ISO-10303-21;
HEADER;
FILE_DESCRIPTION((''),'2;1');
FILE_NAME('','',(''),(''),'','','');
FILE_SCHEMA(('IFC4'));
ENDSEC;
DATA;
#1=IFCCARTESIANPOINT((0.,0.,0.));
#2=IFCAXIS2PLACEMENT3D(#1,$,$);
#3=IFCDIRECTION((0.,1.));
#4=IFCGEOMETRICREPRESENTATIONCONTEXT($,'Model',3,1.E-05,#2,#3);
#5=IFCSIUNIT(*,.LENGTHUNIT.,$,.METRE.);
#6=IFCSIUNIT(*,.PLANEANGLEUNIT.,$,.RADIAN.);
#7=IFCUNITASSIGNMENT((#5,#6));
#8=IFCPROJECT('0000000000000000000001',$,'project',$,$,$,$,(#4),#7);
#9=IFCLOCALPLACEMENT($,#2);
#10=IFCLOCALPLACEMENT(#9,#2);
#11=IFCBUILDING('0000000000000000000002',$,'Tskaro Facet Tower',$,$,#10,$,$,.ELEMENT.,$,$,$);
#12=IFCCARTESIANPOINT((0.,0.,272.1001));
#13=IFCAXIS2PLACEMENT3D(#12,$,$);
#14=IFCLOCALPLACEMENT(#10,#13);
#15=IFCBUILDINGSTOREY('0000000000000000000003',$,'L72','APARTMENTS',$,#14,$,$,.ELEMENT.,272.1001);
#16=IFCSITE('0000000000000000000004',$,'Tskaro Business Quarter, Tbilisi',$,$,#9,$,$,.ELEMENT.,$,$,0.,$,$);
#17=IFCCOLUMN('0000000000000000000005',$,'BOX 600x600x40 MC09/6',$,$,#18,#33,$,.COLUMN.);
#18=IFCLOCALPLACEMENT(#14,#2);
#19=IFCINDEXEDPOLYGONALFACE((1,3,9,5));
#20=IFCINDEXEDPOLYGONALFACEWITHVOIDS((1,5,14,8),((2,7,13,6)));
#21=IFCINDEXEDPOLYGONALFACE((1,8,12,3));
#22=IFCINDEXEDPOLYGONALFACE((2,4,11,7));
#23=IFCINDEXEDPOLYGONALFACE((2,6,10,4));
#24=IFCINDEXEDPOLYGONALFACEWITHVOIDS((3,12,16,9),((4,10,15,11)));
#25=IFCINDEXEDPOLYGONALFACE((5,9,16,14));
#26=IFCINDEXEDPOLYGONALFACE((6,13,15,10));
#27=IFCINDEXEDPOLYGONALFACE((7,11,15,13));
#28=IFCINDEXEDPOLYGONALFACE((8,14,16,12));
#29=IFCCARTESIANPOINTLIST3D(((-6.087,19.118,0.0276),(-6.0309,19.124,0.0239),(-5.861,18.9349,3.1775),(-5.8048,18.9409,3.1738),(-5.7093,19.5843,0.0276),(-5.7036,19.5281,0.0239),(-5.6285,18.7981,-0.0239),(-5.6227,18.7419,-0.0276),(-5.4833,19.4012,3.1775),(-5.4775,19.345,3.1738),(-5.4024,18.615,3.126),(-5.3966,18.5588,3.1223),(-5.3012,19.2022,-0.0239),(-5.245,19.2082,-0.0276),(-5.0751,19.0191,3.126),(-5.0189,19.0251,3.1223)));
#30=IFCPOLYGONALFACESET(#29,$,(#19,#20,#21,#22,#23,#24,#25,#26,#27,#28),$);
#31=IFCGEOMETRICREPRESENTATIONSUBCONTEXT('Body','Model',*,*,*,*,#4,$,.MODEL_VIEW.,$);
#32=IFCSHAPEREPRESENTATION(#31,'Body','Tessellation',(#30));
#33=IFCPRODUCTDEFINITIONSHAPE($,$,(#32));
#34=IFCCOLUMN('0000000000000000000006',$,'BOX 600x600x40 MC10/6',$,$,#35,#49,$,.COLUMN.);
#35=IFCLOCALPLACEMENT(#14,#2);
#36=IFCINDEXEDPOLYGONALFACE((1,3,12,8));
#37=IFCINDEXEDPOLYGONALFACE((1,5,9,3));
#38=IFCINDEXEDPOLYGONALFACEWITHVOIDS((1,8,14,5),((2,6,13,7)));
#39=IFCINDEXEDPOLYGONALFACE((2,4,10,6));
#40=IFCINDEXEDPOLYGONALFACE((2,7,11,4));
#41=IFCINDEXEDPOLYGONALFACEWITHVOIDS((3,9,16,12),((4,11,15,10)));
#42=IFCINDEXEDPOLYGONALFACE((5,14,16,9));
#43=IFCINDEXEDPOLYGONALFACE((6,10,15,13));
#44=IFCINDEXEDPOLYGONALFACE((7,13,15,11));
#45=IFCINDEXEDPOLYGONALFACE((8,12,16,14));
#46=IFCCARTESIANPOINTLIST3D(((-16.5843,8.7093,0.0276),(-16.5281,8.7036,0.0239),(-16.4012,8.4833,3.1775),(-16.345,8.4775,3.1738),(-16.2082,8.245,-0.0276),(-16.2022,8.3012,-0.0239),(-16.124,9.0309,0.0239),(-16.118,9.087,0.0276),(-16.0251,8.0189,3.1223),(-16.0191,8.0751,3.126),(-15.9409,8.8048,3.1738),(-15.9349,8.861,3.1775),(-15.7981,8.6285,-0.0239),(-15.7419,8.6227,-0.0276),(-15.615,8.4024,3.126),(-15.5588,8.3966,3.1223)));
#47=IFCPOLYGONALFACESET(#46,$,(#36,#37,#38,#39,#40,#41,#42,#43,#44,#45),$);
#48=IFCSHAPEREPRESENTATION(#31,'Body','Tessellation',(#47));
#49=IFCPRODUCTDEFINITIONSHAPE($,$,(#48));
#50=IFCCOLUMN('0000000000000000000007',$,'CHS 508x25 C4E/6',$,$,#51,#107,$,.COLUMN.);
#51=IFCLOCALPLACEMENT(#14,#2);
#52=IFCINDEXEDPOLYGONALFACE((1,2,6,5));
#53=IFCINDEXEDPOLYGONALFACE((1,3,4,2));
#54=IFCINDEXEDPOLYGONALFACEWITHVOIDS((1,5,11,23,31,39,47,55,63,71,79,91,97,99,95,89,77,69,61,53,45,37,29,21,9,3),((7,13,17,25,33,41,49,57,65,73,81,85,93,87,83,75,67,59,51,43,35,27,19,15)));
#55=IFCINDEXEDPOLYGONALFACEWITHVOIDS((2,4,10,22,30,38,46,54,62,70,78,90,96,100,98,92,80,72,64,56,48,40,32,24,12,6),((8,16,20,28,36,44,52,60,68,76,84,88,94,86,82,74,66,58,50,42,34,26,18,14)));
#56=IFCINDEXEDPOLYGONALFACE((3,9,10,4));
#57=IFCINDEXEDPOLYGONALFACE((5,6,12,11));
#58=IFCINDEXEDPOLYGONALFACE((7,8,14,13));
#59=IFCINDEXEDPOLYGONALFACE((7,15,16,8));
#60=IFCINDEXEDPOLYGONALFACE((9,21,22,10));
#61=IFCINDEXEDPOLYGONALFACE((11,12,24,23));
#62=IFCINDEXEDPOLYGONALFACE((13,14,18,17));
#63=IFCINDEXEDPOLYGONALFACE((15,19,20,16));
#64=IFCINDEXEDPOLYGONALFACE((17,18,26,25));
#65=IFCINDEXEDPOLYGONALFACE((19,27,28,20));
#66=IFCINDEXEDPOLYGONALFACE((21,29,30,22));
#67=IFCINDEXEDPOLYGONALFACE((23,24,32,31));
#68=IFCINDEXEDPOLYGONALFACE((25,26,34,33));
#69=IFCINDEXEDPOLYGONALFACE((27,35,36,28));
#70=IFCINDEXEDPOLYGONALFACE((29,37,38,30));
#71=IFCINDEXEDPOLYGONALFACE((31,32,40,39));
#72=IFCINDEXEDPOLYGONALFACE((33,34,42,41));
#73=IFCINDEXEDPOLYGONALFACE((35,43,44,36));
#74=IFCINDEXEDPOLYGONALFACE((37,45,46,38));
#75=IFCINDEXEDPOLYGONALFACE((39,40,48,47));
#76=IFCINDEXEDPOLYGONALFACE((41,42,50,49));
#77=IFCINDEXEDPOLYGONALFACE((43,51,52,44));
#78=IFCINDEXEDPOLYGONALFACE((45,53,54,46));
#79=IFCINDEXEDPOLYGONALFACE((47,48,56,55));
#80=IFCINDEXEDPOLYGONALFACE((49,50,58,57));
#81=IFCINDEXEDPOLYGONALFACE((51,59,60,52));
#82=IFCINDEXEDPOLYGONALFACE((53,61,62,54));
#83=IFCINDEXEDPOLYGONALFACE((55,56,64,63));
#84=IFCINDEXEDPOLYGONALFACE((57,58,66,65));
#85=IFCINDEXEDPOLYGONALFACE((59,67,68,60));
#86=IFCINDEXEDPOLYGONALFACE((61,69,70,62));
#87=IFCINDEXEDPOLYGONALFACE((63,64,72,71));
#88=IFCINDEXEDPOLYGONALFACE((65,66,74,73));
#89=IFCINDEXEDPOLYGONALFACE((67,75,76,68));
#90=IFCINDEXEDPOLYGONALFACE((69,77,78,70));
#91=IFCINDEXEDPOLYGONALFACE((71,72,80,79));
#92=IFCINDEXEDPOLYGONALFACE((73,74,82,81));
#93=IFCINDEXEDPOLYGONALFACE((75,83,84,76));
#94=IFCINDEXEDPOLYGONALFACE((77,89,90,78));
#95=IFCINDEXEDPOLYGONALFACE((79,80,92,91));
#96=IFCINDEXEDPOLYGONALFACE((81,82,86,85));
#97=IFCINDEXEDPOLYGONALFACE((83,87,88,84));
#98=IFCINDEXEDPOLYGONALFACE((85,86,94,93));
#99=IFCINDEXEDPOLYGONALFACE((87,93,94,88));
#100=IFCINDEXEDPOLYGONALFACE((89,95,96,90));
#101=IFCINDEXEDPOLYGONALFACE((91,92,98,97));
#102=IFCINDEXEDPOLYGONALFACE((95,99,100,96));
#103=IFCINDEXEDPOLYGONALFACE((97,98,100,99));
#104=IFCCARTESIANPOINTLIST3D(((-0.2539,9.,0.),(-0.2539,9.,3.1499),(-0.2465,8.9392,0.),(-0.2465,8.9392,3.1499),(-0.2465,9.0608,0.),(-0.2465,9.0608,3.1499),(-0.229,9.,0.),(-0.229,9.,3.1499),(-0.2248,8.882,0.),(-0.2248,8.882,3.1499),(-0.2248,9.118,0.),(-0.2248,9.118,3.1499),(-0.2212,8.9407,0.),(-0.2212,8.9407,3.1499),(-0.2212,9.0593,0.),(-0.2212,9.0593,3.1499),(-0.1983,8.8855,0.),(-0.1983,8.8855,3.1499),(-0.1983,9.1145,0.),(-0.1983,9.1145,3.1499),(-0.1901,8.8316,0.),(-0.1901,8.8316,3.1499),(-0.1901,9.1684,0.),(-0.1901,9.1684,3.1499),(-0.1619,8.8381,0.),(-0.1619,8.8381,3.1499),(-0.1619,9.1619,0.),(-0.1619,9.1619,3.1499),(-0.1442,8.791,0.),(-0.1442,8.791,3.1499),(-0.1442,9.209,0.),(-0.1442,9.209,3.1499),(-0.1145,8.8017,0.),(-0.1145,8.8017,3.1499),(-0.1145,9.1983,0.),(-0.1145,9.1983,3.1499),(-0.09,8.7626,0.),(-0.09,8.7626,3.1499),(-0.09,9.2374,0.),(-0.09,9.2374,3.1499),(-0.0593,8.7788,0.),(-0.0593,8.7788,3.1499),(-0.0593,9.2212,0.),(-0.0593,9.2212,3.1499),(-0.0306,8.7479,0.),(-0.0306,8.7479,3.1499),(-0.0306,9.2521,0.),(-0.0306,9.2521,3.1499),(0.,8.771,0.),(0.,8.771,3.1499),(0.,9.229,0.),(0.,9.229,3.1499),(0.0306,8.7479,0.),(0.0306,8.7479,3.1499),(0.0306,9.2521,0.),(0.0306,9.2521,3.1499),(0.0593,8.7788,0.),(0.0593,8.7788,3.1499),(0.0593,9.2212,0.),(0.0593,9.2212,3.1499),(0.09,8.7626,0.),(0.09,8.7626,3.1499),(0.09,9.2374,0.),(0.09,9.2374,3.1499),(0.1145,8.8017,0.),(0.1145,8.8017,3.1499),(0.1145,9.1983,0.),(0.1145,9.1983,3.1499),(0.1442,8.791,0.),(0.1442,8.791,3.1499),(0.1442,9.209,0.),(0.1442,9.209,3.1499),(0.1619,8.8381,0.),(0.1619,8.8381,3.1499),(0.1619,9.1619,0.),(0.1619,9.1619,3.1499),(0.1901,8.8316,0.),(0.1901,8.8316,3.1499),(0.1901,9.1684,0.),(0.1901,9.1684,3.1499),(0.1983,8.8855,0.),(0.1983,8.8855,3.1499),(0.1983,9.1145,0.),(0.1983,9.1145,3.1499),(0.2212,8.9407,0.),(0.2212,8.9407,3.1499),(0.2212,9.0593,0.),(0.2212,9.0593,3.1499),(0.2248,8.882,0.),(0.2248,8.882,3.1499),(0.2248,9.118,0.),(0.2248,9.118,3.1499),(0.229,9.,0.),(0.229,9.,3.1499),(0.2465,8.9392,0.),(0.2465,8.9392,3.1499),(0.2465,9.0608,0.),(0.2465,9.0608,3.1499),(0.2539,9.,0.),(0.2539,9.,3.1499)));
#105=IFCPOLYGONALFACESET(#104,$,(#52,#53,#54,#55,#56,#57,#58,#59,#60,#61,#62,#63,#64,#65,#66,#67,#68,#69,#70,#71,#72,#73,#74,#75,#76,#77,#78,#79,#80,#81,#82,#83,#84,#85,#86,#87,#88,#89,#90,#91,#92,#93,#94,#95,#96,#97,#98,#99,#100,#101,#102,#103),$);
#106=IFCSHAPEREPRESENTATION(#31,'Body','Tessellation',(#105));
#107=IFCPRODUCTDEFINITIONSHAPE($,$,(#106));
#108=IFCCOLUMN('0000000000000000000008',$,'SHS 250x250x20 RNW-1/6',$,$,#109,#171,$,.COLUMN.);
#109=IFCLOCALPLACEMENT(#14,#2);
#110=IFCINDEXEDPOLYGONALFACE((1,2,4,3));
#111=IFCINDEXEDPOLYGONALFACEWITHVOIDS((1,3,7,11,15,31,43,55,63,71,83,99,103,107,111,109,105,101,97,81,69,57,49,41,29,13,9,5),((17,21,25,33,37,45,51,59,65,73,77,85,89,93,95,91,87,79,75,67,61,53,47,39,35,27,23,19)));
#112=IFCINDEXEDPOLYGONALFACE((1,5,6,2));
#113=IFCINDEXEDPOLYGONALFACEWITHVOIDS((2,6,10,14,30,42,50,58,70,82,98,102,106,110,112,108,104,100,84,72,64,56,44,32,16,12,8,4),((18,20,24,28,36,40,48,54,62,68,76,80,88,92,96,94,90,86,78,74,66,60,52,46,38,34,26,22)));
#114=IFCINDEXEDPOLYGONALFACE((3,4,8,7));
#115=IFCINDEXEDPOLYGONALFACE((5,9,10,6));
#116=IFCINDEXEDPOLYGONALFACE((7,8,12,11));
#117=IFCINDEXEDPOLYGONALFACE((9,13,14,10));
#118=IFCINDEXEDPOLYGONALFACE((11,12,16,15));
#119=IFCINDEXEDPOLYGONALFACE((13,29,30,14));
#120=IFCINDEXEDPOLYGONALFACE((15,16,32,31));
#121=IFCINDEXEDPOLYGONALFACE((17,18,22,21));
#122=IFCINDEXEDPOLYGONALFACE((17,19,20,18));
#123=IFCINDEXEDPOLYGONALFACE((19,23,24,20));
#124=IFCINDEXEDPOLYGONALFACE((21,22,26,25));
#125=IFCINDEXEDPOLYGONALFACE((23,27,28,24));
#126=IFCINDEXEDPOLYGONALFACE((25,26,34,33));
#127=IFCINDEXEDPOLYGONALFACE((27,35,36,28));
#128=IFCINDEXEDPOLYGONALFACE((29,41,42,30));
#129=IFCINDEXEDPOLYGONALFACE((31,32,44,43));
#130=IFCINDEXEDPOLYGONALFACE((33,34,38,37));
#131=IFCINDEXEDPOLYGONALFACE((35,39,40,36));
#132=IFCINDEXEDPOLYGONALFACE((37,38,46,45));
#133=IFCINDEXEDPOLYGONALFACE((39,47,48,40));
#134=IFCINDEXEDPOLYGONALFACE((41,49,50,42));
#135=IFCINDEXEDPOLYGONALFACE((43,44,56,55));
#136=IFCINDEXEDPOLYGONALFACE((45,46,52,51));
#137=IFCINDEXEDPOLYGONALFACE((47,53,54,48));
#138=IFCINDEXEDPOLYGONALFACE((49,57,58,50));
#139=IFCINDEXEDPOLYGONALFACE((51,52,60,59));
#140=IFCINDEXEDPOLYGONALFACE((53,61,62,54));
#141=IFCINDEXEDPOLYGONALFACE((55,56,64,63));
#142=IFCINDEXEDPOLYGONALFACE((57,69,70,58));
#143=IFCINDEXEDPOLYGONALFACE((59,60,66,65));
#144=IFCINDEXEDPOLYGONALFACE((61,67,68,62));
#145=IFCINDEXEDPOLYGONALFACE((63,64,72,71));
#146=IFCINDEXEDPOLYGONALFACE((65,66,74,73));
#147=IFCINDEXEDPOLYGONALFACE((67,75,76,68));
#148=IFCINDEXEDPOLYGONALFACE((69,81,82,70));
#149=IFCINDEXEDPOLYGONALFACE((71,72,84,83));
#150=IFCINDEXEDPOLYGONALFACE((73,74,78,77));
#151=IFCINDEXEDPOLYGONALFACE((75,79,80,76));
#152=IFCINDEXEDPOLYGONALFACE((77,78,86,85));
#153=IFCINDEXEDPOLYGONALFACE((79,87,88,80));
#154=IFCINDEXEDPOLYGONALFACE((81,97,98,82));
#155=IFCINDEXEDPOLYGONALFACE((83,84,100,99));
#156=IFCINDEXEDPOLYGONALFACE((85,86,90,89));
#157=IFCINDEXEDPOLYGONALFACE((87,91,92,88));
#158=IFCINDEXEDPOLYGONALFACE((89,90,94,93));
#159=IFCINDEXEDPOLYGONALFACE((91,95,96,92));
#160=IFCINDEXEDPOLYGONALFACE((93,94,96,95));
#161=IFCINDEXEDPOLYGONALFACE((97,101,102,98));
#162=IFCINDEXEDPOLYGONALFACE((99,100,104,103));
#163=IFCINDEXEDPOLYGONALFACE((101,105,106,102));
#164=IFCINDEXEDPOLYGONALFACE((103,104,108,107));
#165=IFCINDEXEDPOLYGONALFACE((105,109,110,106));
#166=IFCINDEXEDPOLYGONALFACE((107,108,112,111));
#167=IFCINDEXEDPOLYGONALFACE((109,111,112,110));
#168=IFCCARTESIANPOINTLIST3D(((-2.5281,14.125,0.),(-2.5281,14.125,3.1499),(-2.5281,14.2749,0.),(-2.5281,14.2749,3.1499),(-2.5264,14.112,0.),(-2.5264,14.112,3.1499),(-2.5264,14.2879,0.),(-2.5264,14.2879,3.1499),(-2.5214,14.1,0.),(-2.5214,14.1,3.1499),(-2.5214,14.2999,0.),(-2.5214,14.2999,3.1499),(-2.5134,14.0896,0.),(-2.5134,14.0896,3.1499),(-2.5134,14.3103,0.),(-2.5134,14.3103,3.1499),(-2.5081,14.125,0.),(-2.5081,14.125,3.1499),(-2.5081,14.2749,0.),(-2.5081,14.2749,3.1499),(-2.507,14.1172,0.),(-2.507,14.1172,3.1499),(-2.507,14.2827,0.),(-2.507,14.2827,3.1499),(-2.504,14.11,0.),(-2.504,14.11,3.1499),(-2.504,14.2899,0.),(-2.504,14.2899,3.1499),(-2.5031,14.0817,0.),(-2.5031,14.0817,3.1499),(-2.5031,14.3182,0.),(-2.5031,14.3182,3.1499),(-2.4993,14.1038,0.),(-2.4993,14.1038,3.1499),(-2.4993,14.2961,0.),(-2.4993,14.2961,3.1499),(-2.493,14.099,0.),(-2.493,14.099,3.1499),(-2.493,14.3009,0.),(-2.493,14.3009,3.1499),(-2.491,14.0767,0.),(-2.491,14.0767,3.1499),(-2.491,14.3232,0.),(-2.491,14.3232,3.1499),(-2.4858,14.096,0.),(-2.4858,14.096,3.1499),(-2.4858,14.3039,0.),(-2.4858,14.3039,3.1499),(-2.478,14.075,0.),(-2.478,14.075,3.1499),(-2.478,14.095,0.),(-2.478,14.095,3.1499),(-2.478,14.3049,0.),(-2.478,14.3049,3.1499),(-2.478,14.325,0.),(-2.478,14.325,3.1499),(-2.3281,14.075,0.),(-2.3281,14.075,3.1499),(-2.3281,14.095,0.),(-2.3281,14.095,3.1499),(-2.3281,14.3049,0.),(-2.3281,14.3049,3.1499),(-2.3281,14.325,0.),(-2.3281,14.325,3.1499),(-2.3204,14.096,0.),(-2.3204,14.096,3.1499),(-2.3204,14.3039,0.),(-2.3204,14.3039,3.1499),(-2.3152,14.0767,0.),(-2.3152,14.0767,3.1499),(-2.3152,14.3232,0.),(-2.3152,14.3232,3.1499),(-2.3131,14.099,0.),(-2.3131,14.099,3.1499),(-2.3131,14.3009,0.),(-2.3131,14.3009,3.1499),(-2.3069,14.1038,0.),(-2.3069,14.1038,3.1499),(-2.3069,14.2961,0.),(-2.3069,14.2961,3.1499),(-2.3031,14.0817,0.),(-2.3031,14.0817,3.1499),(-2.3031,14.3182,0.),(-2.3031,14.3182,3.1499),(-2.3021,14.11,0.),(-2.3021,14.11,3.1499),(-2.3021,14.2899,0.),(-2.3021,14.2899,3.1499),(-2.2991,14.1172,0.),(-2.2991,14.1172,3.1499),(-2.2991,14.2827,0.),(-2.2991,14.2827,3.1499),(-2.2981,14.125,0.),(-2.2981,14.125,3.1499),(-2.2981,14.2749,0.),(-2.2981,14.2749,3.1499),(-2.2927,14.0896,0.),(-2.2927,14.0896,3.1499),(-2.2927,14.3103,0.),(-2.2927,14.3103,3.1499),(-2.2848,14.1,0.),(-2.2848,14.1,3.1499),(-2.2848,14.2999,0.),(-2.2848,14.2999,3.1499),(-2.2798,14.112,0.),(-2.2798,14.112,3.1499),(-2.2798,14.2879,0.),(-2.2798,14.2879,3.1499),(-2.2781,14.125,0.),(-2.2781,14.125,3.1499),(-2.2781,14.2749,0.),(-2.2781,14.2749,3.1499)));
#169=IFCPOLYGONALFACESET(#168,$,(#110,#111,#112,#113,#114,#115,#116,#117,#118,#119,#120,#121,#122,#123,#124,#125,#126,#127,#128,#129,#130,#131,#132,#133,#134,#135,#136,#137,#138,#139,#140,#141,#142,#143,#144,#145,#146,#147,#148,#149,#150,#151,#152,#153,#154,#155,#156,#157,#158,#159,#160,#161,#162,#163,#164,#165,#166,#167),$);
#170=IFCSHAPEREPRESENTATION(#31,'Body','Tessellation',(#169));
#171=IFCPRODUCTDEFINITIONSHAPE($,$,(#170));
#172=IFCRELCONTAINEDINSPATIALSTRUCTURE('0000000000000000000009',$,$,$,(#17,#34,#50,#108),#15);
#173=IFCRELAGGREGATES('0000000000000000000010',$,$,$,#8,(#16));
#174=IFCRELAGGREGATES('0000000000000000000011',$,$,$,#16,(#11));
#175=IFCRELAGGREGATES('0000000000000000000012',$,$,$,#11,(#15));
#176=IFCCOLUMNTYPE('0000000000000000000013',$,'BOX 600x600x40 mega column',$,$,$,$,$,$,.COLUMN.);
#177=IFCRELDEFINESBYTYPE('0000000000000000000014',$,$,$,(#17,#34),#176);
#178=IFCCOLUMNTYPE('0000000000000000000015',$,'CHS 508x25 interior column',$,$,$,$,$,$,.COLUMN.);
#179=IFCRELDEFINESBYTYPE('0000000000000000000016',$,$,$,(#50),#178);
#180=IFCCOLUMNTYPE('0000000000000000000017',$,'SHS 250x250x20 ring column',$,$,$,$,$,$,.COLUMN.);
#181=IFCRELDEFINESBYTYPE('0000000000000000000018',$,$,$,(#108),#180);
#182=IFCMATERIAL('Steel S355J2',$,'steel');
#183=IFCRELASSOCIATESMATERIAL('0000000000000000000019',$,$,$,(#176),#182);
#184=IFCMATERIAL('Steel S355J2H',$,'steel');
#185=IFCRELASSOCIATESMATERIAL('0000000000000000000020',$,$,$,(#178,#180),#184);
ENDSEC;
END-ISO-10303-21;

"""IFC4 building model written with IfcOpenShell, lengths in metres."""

from ifc_helpers import new_model, si_unit, direction, frame, origin, origin_2d, place, context, subcontext, project, spatial, hollow_rectangle, hollow_circle, extrude, material, material_profile, profile_set, type_object, element, save


model = new_model("IFC4")

# Units and contexts
model_context = context("Model", 3, precision=1e-05, world=origin(), true_north=direction((0.0, 1.0)))
body_context = subcontext(model_context, "Body", "Model", "MODEL_VIEW")
ifc_project = project(units=[si_unit("LENGTHUNIT", "METRE"), si_unit("PLANEANGLEUNIT", "RADIAN")], contexts=[model_context])

# Site, building, storey
site_placement = place(None, origin())
site = spatial("IfcSite", under=ifc_project, at=site_placement, Name="Tskaro Business Quarter, Tbilisi", CompositionType="ELEMENT", RefElevation=0.0)
building_placement = place(site_placement, origin())
building = spatial("IfcBuilding", under=site, at=building_placement, Name="Tskaro Facet Tower", CompositionType="ELEMENT")
storey_placement = place(building_placement, frame((0.0, 0.0, 272.1001)))
storey = spatial("IfcBuildingStorey", under=building, at=storey_placement, Name="L72", Description="APARTMENTS", CompositionType="ELEMENT", Elevation=272.1001)

# Columns
ifc_material_1 = material(Name="Steel S355J2", Category="steel")
ifc_material_profile_1 = material_profile(ifc_material_1, hollow_rectangle(XDim=0.6001, YDim=0.6001, WallThickness=0.04, at=origin_2d()), Name="BOX 600x600x40")
ifc_profile_set_1 = profile_set([ifc_material_profile_1], Name="Steel S355J2")
column_type_1 = type_object("IfcColumnType", Name="BOX 600x600x40 mega column", PredefinedType="COLUMN", material=ifc_profile_set_1)
for number, where, z_axis, x_axis, name in (
    (1, (-5.666, 19.1631, 0.0), (0.071468, -0.057884, 0.995762), (0.629391, 0.777089, 0.0), "BOX 600x600x40 MC09/6"),
    (2, (-16.1631, 8.666, 0.0), (0.057884, -0.071468, 0.995762), (0.777089, 0.629391, 0.0), "BOX 600x600x40 MC10/6"),
):
    element("IfcColumn", number, at=place(storey_placement, frame(where, z_axis=z_axis, x_axis=x_axis)), inside=storey, type_object=column_type_1, Name=name, PredefinedType="COLUMN", context=body_context, shape_type="SweptSolid", body=[
        extrude(hollow_rectangle(XDim=0.6001, YDim=0.6001, WallThickness=0.04, at=origin_2d()), origin(), (0.0, 0.0, 1.0), 3.1633),
    ])
ifc_material_2 = material(Name="Steel S355J2H", Category="steel")
ifc_material_profile_2 = material_profile(ifc_material_2, hollow_circle(Radius=0.2539, WallThickness=0.0249, at=origin_2d()), Name="CHS 508x25")
ifc_profile_set_2 = profile_set([ifc_material_profile_2], Name="Steel S355J2H")
column_type_2 = type_object("IfcColumnType", Name="CHS 508x25 interior column", PredefinedType="COLUMN", material=ifc_profile_set_2)
column_placement = place(storey_placement, frame((0.0, 9.0, 0.0), z_axis=(0.0, 0.0, 1.0), x_axis=(1.0, 0.0, 0.0)))
element("IfcColumn", 3, at=column_placement, inside=storey, type_object=column_type_2, Name="CHS 508x25 C4E/6", PredefinedType="COLUMN", context=body_context, shape_type="SweptSolid", body=[
    extrude(hollow_circle(Radius=0.2539, WallThickness=0.0249, at=origin_2d()), origin(), (0.0, 0.0, 1.0), 3.1499),
])
ifc_material_profile_3 = material_profile(ifc_material_2, hollow_rectangle(XDim=0.25, YDim=0.25, WallThickness=0.02, InnerFilletRadius=0.03, OuterFilletRadius=0.05, at=origin_2d()), Name="SHS 250x250x20")
ifc_profile_set_3 = profile_set([ifc_material_profile_3], Name="Steel S355J2H")
column_type_3 = type_object("IfcColumnType", Name="SHS 250x250x20 ring column", PredefinedType="COLUMN", material=ifc_profile_set_3)
for number, where, z_axis, x_axis, name in (
    (4, (-2.4031, 14.2, 0.0), (0.0, 0.0, 1.0), (1.0, 0.0, 0.0), "SHS 250x250x20 RNW-1/6"),
):
    element("IfcColumn", number, at=place(storey_placement, frame(where, z_axis=z_axis, x_axis=x_axis)), inside=storey, type_object=column_type_3, Name=name, PredefinedType="COLUMN", context=body_context, shape_type="SweptSolid", body=[
        extrude(hollow_rectangle(XDim=0.25, YDim=0.25, WallThickness=0.02, InnerFilletRadius=0.03, OuterFilletRadius=0.05, at=origin_2d()), origin(), (0.0, 0.0, 1.0), 3.1499),
    ])

save(model, "model.ifc")
